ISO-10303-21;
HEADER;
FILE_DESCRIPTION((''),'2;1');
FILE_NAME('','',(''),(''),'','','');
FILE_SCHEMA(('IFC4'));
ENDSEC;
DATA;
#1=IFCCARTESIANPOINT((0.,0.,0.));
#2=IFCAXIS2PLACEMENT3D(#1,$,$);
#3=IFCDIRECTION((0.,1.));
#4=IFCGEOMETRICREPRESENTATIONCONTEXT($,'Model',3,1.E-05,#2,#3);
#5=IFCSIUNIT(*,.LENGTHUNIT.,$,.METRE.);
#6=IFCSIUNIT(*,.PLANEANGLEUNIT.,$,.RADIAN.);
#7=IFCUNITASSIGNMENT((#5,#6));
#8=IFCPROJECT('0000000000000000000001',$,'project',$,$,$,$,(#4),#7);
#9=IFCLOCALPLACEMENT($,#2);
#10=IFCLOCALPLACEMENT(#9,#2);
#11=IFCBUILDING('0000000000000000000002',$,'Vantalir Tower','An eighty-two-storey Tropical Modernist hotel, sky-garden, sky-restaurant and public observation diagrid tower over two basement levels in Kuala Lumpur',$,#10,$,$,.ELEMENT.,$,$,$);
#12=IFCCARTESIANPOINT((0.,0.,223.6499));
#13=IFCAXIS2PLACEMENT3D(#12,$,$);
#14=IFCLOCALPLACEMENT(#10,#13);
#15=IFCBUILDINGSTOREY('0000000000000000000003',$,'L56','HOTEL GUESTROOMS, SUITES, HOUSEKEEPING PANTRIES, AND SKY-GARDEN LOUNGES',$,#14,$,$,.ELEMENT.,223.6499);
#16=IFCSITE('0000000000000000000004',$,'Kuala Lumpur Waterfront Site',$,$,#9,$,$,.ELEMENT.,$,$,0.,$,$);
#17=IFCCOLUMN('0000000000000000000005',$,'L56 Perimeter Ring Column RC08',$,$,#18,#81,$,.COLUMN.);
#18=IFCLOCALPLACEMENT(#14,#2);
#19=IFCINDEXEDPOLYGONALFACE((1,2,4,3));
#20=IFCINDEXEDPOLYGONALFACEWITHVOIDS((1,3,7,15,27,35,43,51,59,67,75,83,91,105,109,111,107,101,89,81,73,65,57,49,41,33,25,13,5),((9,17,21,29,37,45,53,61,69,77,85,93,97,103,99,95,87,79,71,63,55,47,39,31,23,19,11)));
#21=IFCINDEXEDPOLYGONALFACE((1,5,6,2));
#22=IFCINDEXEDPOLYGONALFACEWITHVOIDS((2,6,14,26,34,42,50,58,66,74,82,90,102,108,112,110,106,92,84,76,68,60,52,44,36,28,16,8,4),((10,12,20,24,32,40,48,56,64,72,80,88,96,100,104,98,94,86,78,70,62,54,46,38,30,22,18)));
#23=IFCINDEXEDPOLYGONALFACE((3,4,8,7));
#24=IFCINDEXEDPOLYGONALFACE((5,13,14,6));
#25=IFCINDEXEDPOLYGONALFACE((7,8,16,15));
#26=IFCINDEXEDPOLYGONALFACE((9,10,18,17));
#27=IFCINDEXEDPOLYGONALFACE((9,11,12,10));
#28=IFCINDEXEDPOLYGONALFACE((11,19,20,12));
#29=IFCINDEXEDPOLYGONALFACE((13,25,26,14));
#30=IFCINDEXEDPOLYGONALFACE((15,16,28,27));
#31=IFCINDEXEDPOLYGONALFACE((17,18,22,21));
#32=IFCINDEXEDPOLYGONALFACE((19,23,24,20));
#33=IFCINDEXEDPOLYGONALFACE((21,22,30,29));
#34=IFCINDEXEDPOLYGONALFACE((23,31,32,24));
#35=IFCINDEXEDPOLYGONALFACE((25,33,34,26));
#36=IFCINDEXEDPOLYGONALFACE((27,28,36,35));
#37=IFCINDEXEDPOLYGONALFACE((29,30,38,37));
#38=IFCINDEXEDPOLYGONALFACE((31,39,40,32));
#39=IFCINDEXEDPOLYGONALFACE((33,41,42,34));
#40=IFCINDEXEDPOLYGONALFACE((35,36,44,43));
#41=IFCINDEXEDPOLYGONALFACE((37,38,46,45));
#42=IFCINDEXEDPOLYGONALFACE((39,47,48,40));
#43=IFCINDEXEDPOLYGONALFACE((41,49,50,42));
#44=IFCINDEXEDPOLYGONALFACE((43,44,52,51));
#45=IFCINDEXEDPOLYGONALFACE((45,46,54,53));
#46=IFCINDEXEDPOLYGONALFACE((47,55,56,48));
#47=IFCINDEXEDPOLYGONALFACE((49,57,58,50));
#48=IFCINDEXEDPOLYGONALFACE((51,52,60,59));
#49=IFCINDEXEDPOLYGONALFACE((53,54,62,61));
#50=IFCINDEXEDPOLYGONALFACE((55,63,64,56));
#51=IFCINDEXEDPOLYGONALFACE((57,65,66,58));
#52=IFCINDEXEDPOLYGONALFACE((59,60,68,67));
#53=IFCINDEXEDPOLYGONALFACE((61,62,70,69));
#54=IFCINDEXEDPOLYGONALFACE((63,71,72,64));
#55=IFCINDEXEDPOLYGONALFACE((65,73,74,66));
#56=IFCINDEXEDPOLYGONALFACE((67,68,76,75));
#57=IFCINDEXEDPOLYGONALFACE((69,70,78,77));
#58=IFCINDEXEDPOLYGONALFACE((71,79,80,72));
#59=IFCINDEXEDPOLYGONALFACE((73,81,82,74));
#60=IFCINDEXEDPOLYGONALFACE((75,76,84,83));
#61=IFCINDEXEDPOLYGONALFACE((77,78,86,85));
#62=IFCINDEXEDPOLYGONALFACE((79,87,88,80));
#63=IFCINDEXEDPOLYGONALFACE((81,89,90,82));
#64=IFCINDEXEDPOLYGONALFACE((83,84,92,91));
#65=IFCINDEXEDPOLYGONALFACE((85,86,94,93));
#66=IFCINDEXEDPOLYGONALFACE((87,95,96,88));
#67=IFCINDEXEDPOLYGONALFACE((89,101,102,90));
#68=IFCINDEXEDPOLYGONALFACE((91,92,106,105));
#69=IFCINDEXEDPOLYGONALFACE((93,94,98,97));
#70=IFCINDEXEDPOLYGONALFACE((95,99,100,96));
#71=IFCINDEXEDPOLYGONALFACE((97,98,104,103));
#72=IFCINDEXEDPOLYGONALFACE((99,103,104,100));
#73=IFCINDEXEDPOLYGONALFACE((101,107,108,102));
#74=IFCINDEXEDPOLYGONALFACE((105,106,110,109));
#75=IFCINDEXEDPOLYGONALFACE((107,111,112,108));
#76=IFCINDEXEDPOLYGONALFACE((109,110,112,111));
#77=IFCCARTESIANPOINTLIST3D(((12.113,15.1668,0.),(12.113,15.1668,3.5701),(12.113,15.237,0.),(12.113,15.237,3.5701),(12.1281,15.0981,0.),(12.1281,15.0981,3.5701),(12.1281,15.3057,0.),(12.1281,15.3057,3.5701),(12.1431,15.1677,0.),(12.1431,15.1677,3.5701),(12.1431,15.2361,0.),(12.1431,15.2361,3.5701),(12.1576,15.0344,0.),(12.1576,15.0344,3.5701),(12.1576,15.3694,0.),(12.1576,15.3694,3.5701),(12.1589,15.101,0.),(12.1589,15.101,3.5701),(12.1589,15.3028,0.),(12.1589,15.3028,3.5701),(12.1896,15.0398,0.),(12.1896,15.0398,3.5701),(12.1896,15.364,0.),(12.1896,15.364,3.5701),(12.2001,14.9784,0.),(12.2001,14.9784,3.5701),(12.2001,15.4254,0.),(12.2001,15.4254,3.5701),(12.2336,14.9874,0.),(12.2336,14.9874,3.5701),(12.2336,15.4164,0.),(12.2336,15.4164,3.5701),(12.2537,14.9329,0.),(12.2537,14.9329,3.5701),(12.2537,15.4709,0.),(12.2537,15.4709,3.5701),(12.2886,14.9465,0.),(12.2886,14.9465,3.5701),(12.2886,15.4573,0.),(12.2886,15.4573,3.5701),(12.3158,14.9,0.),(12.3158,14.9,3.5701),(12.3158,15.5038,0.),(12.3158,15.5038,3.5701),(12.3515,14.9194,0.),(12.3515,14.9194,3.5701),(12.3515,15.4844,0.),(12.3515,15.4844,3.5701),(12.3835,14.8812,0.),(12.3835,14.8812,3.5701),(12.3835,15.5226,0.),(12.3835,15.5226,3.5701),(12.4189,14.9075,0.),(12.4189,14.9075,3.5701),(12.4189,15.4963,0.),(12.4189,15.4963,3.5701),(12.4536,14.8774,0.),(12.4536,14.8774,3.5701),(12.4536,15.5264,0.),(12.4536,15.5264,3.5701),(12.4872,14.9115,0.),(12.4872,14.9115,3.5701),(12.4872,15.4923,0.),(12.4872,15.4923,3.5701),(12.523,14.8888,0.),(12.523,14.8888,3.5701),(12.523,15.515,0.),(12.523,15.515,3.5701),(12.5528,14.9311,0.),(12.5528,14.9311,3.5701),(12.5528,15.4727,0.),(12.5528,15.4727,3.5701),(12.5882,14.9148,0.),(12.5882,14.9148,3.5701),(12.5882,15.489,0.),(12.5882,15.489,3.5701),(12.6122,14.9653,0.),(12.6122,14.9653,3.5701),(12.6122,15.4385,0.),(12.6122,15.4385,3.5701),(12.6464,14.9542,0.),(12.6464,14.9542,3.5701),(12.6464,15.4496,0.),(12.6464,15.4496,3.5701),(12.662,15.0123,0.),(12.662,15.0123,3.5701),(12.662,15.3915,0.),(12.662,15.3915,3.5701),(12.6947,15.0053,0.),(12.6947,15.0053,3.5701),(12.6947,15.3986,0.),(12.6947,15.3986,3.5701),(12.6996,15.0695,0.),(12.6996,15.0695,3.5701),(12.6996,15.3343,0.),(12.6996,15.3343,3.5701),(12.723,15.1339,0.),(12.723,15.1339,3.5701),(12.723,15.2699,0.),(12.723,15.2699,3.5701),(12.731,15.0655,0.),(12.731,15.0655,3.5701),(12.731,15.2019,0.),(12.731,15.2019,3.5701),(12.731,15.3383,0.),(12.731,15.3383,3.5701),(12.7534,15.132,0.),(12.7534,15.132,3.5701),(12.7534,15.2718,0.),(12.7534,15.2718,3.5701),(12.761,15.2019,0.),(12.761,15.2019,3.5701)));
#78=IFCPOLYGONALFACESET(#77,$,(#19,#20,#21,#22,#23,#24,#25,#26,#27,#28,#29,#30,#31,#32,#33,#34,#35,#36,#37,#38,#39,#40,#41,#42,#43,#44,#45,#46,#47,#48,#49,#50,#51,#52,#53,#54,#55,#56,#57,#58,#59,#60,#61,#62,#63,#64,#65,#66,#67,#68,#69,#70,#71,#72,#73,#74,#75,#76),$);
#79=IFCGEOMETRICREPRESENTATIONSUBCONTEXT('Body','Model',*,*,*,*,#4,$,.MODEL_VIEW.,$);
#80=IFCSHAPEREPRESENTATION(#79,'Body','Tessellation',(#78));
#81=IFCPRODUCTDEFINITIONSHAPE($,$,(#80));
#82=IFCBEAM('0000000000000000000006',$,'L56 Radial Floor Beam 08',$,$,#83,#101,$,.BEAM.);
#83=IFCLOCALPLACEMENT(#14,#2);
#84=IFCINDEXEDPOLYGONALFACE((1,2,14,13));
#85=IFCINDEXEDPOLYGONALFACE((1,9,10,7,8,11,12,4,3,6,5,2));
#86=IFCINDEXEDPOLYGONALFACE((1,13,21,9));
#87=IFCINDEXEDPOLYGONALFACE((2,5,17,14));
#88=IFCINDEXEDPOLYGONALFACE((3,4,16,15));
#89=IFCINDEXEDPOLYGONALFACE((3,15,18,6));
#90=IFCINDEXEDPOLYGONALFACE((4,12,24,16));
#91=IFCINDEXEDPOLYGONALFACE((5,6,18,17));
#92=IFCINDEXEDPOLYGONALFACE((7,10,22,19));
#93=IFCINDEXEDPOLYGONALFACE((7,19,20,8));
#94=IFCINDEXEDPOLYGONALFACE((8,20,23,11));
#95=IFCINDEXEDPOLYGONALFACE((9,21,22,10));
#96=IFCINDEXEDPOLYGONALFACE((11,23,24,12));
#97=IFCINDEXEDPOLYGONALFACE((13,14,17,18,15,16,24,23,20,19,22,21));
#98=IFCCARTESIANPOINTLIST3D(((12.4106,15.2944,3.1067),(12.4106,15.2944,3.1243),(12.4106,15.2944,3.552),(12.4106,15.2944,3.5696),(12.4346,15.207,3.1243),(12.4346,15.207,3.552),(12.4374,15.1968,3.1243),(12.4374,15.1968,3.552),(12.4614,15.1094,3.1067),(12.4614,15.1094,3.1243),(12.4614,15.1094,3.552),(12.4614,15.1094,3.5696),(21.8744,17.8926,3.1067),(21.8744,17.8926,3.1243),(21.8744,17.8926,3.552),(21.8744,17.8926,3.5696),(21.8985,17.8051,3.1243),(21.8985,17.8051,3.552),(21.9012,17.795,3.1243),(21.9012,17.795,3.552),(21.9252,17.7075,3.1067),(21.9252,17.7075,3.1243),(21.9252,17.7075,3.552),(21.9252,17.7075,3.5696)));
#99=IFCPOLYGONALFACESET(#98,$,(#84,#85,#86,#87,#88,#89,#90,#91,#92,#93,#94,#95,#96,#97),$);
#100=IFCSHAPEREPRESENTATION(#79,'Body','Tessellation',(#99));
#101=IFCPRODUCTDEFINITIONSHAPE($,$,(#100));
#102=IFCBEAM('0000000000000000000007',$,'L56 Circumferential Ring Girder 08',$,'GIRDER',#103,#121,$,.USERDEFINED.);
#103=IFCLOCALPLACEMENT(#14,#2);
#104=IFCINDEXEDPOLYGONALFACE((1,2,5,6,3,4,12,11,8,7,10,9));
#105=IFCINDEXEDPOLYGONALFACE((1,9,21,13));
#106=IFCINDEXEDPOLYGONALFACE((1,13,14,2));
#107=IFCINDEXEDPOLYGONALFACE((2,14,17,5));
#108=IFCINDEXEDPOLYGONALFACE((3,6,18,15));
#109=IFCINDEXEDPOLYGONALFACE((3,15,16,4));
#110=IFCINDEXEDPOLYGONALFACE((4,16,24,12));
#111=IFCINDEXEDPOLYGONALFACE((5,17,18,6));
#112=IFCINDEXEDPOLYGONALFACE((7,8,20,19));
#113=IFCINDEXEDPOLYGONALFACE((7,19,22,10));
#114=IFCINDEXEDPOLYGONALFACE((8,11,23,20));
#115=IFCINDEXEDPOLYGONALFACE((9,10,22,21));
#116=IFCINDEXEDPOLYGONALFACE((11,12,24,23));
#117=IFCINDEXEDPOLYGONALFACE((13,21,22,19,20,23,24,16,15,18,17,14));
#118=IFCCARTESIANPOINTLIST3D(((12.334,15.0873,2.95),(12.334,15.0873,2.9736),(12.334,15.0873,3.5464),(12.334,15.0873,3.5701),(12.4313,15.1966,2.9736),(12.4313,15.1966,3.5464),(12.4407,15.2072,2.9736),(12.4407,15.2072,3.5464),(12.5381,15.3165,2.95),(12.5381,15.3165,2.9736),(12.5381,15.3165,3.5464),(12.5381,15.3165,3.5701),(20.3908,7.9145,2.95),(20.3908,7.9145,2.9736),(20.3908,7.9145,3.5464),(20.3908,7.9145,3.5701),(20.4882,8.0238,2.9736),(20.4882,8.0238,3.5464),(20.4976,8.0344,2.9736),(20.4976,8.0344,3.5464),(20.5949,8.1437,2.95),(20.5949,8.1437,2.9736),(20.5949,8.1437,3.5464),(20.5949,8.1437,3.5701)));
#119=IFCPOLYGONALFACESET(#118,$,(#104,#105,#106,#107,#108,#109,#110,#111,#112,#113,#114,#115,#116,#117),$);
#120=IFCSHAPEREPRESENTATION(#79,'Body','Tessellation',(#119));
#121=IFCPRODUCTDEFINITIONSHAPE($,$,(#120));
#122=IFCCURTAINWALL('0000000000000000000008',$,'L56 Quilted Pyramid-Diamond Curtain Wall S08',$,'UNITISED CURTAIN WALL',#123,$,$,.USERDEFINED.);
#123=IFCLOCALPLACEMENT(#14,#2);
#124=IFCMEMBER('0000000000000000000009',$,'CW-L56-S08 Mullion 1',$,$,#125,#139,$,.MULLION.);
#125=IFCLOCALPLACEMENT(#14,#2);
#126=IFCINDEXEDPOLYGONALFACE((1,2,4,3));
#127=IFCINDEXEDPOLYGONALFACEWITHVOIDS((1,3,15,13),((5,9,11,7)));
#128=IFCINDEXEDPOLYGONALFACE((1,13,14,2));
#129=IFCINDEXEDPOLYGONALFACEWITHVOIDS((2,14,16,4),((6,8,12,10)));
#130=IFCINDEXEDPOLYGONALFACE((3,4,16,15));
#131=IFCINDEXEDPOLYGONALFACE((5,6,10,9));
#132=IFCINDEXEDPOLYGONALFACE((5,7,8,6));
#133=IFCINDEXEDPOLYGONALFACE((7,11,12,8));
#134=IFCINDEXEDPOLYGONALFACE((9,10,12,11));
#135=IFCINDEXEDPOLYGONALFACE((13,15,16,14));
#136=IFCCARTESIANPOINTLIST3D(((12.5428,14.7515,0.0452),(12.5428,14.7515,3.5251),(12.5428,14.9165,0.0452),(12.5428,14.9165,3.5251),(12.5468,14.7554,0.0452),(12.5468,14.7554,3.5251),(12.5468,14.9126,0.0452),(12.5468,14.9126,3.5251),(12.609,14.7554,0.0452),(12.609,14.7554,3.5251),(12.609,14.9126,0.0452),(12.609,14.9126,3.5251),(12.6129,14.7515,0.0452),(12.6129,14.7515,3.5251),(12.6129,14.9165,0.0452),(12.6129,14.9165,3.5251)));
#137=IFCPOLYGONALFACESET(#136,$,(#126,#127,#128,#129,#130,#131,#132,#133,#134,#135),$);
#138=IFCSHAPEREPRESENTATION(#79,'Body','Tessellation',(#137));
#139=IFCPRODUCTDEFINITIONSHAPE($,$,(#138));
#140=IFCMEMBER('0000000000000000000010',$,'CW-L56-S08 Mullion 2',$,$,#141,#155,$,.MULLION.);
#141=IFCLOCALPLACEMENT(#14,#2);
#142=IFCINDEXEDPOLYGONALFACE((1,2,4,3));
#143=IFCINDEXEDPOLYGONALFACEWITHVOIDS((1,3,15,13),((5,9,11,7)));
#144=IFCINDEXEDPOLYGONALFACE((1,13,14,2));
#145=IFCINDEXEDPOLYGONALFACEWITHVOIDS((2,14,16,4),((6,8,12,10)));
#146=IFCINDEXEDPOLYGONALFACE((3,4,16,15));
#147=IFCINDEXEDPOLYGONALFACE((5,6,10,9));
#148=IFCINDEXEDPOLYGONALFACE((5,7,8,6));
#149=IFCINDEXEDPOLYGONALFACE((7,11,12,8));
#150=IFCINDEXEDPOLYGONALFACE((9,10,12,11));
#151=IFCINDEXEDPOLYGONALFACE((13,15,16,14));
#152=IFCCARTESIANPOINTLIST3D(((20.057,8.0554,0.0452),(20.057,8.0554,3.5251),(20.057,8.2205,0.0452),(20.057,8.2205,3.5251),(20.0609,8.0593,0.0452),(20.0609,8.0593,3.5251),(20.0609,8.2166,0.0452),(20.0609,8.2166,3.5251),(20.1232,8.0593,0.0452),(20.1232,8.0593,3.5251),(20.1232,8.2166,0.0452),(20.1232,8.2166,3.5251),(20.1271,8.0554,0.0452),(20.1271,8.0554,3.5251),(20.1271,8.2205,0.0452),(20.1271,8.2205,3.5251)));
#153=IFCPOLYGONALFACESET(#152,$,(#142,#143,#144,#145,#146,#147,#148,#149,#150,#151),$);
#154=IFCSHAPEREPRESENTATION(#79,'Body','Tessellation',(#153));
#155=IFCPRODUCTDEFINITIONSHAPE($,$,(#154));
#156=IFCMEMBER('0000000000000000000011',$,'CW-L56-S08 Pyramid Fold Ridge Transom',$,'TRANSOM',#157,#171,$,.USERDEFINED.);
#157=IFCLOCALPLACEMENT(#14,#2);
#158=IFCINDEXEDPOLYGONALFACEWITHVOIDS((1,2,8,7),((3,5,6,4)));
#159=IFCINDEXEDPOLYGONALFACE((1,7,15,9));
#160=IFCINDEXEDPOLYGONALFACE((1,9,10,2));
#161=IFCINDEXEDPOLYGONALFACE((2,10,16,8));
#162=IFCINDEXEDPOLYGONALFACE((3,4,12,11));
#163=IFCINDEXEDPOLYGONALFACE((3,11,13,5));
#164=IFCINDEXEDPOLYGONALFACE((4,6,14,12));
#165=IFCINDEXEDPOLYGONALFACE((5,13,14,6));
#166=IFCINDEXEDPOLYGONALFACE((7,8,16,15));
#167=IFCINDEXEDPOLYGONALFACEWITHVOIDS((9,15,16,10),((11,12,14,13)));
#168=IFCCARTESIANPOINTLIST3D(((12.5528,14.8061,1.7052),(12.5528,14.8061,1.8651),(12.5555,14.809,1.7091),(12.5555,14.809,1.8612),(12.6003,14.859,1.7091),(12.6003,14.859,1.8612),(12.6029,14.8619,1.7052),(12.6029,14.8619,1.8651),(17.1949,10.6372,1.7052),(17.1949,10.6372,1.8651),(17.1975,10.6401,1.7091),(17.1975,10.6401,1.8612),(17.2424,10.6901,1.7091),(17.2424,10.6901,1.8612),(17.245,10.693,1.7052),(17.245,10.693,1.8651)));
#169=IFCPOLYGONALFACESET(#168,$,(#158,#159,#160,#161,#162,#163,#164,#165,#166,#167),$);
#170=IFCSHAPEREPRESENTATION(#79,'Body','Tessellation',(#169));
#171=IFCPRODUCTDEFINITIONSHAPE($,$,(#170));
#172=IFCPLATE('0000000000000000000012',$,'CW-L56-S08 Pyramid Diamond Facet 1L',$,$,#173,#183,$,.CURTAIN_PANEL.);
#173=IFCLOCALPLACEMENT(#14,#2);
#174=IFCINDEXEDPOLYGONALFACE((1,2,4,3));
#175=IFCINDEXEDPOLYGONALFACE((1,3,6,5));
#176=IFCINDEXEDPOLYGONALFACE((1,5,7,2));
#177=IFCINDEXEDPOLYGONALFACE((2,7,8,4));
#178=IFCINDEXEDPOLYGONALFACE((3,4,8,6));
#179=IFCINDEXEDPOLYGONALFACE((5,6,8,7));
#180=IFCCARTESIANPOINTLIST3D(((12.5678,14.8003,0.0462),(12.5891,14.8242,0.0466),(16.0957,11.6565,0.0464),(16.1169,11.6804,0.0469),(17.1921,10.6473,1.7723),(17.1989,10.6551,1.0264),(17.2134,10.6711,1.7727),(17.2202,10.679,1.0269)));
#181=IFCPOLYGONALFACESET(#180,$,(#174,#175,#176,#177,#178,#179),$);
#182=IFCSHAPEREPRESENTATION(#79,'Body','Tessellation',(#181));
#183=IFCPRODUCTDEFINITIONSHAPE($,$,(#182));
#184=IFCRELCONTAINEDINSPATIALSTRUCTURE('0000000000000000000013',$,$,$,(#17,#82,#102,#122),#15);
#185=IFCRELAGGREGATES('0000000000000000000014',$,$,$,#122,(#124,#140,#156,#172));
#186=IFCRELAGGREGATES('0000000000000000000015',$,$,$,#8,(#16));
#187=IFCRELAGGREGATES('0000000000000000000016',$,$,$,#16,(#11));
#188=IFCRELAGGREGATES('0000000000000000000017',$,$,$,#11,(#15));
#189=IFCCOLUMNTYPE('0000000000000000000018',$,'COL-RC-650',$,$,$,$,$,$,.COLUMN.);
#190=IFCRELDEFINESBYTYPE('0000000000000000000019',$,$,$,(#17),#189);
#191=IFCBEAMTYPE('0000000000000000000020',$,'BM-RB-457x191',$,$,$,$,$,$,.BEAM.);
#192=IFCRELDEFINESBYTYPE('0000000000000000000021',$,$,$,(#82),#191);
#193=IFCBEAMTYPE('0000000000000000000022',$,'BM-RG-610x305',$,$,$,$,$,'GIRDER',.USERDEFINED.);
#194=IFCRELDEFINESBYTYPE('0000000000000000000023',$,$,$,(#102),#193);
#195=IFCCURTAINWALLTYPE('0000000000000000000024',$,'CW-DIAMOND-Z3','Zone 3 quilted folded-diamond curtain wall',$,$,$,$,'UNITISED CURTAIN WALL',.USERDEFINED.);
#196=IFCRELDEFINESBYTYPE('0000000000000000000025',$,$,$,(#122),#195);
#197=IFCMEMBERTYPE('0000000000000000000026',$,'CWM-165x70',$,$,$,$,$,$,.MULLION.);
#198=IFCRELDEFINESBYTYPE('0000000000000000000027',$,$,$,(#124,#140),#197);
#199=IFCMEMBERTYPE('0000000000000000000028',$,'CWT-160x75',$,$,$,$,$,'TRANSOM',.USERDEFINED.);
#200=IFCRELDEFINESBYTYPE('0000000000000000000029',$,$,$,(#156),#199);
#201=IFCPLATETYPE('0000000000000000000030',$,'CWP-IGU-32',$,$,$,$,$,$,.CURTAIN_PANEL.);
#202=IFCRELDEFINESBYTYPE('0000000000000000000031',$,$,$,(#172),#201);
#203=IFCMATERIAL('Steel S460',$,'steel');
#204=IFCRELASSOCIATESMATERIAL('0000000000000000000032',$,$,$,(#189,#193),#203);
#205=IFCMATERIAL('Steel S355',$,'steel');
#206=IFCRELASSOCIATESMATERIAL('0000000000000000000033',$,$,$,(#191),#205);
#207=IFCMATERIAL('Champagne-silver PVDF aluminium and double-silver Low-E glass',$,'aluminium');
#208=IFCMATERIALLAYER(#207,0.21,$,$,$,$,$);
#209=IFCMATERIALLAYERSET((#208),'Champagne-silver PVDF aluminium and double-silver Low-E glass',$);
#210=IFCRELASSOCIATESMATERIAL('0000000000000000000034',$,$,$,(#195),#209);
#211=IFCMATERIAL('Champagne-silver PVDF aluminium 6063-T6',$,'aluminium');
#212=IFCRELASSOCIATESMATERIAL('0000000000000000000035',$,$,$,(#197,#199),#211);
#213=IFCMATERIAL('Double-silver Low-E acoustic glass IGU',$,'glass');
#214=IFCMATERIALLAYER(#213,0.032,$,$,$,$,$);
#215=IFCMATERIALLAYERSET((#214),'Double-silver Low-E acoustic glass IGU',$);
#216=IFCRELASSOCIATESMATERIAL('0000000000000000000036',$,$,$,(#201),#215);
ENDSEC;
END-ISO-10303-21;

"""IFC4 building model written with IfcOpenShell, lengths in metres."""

from ifc_helpers import new_model, si_unit, direction, frame, origin, origin_2d, place, context, subcontext, project, spatial, polyline, hollow_rectangle, hollow_circle, i_section, outline, extrude, material, layer, layer_set, material_profile, profile_set, type_object, element, aggregate, save


model = new_model("IFC4")

# Units and contexts
model_context = context("Model", 3, precision=1e-05, world=origin(), true_north=direction((0.0, 1.0)))
body_context = subcontext(model_context, "Body", "Model", "MODEL_VIEW")
ifc_project = project(units=[si_unit("LENGTHUNIT", "METRE"), si_unit("PLANEANGLEUNIT", "RADIAN")], contexts=[model_context])

# Site, building, storey
site_placement = place(None, origin())
site = spatial("IfcSite", under=ifc_project, at=site_placement, Name="Kuala Lumpur Waterfront Site", CompositionType="ELEMENT", RefElevation=0.0)
building_placement = place(site_placement, origin())
building = spatial("IfcBuilding", under=site, at=building_placement, Name="Vantalir Tower", Description="An eighty-two-storey Tropical Modernist hotel, sky-garden, sky-restaurant and public observation diagrid tower over two basement levels in Kuala Lumpur", CompositionType="ELEMENT")
storey_placement = place(building_placement, frame((0.0, 0.0, 223.6499)))
storey = spatial("IfcBuildingStorey", under=building, at=storey_placement, Name="L56", Description="HOTEL GUESTROOMS, SUITES, HOUSEKEEPING PANTRIES, AND SKY-GARDEN LOUNGES", CompositionType="ELEMENT", Elevation=223.6499)

# Column
ifc_material_1 = material(Name="Steel S460", Category="steel")
ifc_material_profile_1 = material_profile(ifc_material_1, hollow_circle(Radius=0.325, WallThickness=0.03, at=origin_2d()), Name="Steel S460")
ifc_profile_set_1 = profile_set([ifc_material_profile_1], Name="Steel S460")
column_type = type_object("IfcColumnType", Name="COL-RC-650", PredefinedType="COLUMN", material=ifc_profile_set_1)
column_placement = place(storey_placement, frame((12.436, 15.2019, 0.0), z_axis=(0.0, 0.0, 1.0), x_axis=(1.0, 0.0, 0.0)))
element("IfcColumn", 1, at=column_placement, inside=storey, type_object=column_type, Name="L56 Perimeter Ring Column RC08", PredefinedType="COLUMN", context=body_context, shape_type="SweptSolid", body=[
    extrude(hollow_circle(Radius=0.325, WallThickness=0.03, at=origin_2d()), origin(), (0.0, 0.0, 1.0), 3.5701),
])

# Beams
ifc_material_2 = material(Name="Steel S355", Category="steel")
ifc_material_profile_2 = material_profile(ifc_material_2, i_section(OverallWidth=0.1919, OverallDepth=0.4629, WebThickness=0.0105, FlangeThickness=0.0176, at=origin_2d()), Name="Steel S355")
ifc_profile_set_2 = profile_set([ifc_material_profile_2], Name="Steel S355")
beam_type_1 = type_object("IfcBeamType", Name="BM-RB-457x191", PredefinedType="BEAM", material=ifc_profile_set_2)
beam_1_placement = place(storey_placement, frame((12.436, 15.2019, 3.3381), z_axis=(0.96432, 0.264738, 0.0), x_axis=(-0.264738, 0.96432, 0.0)))
element("IfcBeam", 2, at=beam_1_placement, inside=storey, type_object=beam_type_1, Name="L56 Radial Floor Beam 08", PredefinedType="BEAM", context=body_context, shape_type="SweptSolid", body=[
    extrude(i_section(OverallWidth=0.1919, OverallDepth=0.4629, WebThickness=0.0105, FlangeThickness=0.0176, at=origin_2d()), origin(), (0.0, 0.0, 1.0), 9.814),
])
ifc_material_profile_3 = material_profile(ifc_material_1, i_section(OverallWidth=0.3069, OverallDepth=0.6201, WebThickness=0.0142, FlangeThickness=0.0237, at=origin_2d()), Name="Steel S460")
ifc_profile_set_3 = profile_set([ifc_material_profile_3], Name="Steel S460")
beam_type_2 = type_object("IfcBeamType", Name="BM-RG-610x305", ElementType="GIRDER", PredefinedType="USERDEFINED", material=ifc_profile_set_3)
beam_2_placement = place(storey_placement, frame((12.436, 15.2019, 3.26), z_axis=(0.746895, -0.664942, 0.0), x_axis=(0.664942, 0.746895, 0.0)))
element("IfcBeam", 3, at=beam_2_placement, inside=storey, type_object=beam_type_2, Name="L56 Circumferential Ring Girder 08", ObjectType="GIRDER", PredefinedType="USERDEFINED", context=body_context, shape_type="SweptSolid", body=[
    extrude(i_section(OverallWidth=0.3069, OverallDepth=0.6201, WebThickness=0.0142, FlangeThickness=0.0237, at=origin_2d()), origin(), (0.0, 0.0, 1.0), 10.7871),
])

# Curtain wall, members, plate
ifc_material_3 = material(Name="Champagne-silver PVDF aluminium and double-silver Low-E glass", Category="aluminium")
ifc_layer_1 = layer(ifc_material_3, 0.21)
ifc_layer_set_1 = layer_set([ifc_layer_1], Name="Champagne-silver PVDF aluminium and double-silver Low-E glass")
curtain_wall_type = type_object("IfcCurtainWallType", Name="CW-DIAMOND-Z3", Description="Zone 3 quilted folded-diamond curtain wall", ElementType="UNITISED CURTAIN WALL", PredefinedType="USERDEFINED", material=ifc_layer_set_1)
curtain_wall_placement = place(storey_placement, origin())
curtain_wall = element("IfcCurtainWall", 4, at=curtain_wall_placement, inside=storey, type_object=curtain_wall_type, Name="L56 Quilted Pyramid-Diamond Curtain Wall S08", ObjectType="UNITISED CURTAIN WALL", PredefinedType="USERDEFINED")
ifc_material_4 = material(Name="Champagne-silver PVDF aluminium 6063-T6", Category="aluminium")
ifc_material_profile_4 = material_profile(ifc_material_4, hollow_rectangle(XDim=0.0701, YDim=0.165, WallThickness=0.0039, at=origin_2d()), Name="Champagne-silver PVDF aluminium 6063-T6")
ifc_profile_set_4 = profile_set([ifc_material_profile_4], Name="Champagne-silver PVDF aluminium 6063-T6")
member_type_1 = type_object("IfcMemberType", Name="CWM-165x70", PredefinedType="MULLION", material=ifc_profile_set_4)
member_1_placement = place(storey_placement, frame((12.5779, 14.834, 0.0452), z_axis=(0.0, 0.0, 1.0), x_axis=(1.0, 0.0, 0.0)))
member_1 = element("IfcMember", 5, at=member_1_placement, type_object=member_type_1, Name="CW-L56-S08 Mullion 1", PredefinedType="MULLION", context=body_context, shape_type="SweptSolid", body=[
    extrude(hollow_rectangle(XDim=0.0701, YDim=0.165, WallThickness=0.0039, at=origin_2d()), origin(), (0.0, 0.0, 1.0), 3.48),
])
member_2_placement = place(storey_placement, frame((20.092, 8.1379, 0.0452), z_axis=(0.0, 0.0, 1.0), x_axis=(1.0, 0.0, 0.0)))
member_2 = element("IfcMember", 6, at=member_2_placement, type_object=member_type_1, Name="CW-L56-S08 Mullion 2", PredefinedType="MULLION", context=body_context, shape_type="SweptSolid", body=[
    extrude(hollow_rectangle(XDim=0.0701, YDim=0.165, WallThickness=0.0039, at=origin_2d()), origin(), (0.0, 0.0, 1.0), 3.48),
])
ifc_material_profile_5 = material_profile(ifc_material_4, hollow_rectangle(XDim=0.075, YDim=0.1599, WallThickness=0.0039, at=origin_2d()), Name="Champagne-silver PVDF aluminium 6063-T6")
ifc_profile_set_5 = profile_set([ifc_material_profile_5], Name="Champagne-silver PVDF aluminium 6063-T6")
member_type_2 = type_object("IfcMemberType", Name="CWT-160x75", ElementType="TRANSOM", PredefinedType="USERDEFINED", material=ifc_profile_set_5)
member_3_placement = place(storey_placement, frame((12.5779, 14.834, 1.7852), z_axis=(0.744006, -0.668173, 0.0), x_axis=(0.668173, 0.744006, 0.0)))
member_3 = element("IfcMember", 7, at=member_3_placement, type_object=member_type_2, Name="CW-L56-S08 Pyramid Fold Ridge Transom", ObjectType="TRANSOM", PredefinedType="USERDEFINED", context=body_context, shape_type="SweptSolid", body=[
    extrude(hollow_rectangle(XDim=0.075, YDim=0.1599, WallThickness=0.0039, at=origin_2d()), origin(), (0.0, 0.0, 1.0), 6.2393),
])
ifc_material_5 = material(Name="Double-silver Low-E acoustic glass IGU", Category="glass")
ifc_layer_2 = layer(ifc_material_5, 0.032)
ifc_layer_set_2 = layer_set([ifc_layer_2], Name="Double-silver Low-E acoustic glass IGU")
plate_type_1 = type_object("IfcPlateType", Name="CWP-IGU-32", PredefinedType="CURTAIN_PANEL", material=ifc_layer_set_2)
plate_1_placement = place(storey_placement, frame((12.5891, 14.8242, 0.0466), z_axis=(0.665239, 0.746501, 0.013926), x_axis=(0.746572, -0.665304, 0.000052)))
plate_1 = element("IfcPlate", 8, at=plate_1_placement, type_object=plate_type_1, Name="CW-L56-S08 Pyramid Diamond Facet 1L", PredefinedType="CURTAIN_PANEL", context=body_context, shape_type="SweptSolid", body=[
    extrude(outline(polyline([(0.0, 0.0), (4.7254, 0.0), (6.2154, -0.98), (6.2155, -1.7259), (0.0, 0.0)])), origin(), (0.0, 0.0, -1.0), 0.032),
])
aggregate(curtain_wall, [member_1, member_2, member_3, plate_1])

save(model, "model.ifc")
